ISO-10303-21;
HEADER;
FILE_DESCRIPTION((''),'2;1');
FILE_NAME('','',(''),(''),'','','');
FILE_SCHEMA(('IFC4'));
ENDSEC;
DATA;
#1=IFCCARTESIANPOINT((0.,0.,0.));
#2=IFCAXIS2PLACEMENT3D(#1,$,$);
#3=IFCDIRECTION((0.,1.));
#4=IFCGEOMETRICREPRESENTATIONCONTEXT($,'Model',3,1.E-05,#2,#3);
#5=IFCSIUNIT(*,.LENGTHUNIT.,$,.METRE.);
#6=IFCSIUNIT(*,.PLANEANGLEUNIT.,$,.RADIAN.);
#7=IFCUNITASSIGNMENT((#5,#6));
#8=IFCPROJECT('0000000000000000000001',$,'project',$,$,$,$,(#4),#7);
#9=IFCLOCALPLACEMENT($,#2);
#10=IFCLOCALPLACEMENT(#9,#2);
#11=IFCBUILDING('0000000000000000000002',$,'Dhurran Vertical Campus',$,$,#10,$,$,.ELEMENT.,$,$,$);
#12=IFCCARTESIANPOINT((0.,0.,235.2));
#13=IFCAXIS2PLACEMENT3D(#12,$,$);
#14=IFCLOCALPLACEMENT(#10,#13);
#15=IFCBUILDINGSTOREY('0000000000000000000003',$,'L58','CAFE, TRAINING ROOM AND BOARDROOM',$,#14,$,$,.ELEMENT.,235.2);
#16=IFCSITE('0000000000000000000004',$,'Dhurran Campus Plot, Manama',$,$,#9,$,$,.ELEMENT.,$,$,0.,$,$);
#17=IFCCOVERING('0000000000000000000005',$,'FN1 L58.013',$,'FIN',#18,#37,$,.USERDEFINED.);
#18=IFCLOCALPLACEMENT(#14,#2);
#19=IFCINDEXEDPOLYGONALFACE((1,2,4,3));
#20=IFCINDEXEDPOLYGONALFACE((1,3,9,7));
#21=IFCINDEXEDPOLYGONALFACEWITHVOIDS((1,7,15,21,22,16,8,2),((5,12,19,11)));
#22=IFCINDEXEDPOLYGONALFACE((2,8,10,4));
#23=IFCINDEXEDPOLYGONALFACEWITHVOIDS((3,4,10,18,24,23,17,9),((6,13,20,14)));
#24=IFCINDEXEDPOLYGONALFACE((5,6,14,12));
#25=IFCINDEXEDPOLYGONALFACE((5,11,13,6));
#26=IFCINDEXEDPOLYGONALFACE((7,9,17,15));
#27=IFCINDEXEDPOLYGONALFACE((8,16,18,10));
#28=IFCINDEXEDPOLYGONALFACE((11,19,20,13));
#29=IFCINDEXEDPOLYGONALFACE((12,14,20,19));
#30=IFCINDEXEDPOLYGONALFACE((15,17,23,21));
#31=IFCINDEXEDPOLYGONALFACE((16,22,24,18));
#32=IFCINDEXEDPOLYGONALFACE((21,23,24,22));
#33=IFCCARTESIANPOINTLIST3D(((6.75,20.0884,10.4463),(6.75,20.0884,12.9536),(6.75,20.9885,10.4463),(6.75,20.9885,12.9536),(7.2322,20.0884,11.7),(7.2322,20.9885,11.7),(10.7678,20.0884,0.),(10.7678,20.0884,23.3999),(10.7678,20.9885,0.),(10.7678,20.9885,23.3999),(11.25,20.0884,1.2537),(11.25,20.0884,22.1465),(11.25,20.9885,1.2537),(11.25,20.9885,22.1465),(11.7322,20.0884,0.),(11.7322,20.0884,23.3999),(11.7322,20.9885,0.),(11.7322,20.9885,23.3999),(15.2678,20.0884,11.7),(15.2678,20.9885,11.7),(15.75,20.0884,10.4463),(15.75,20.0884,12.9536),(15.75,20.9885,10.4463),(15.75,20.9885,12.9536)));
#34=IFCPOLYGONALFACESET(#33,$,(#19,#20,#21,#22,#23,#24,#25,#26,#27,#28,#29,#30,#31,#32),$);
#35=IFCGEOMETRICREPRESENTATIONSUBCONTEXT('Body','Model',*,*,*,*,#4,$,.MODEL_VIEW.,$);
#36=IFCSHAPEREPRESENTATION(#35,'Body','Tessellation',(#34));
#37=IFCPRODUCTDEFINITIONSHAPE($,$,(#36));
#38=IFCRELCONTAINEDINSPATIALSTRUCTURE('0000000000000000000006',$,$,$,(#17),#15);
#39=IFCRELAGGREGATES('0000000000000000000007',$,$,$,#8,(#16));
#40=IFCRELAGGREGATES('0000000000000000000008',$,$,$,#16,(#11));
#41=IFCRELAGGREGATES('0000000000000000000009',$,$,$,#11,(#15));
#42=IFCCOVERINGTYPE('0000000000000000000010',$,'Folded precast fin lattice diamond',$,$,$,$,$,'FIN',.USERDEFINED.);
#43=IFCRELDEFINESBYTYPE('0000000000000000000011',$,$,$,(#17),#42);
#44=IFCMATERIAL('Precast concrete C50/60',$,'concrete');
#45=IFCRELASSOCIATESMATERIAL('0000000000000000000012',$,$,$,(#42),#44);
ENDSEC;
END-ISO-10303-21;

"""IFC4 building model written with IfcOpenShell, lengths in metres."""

from ifc_helpers import new_model, si_unit, direction, frame, origin, place, context, subcontext, project, spatial, polyline, outline, extrude, material, type_object, element, save


model = new_model("IFC4")

# Units and contexts
model_context = context("Model", 3, precision=1e-05, world=origin(), true_north=direction((0.0, 1.0)))
body_context = subcontext(model_context, "Body", "Model", "MODEL_VIEW")
ifc_project = project(units=[si_unit("LENGTHUNIT", "METRE"), si_unit("PLANEANGLEUNIT", "RADIAN")], contexts=[model_context])

# Site, building, storey
site_placement = place(None, origin())
site = spatial("IfcSite", under=ifc_project, at=site_placement, Name="Dhurran Campus Plot, Manama", CompositionType="ELEMENT", RefElevation=0.0)
building_placement = place(site_placement, origin())
building = spatial("IfcBuilding", under=site, at=building_placement, Name="Dhurran Vertical Campus", CompositionType="ELEMENT")
storey_placement = place(building_placement, frame((0.0, 0.0, 235.2)))
storey = spatial("IfcBuildingStorey", under=building, at=storey_placement, Name="L58", Description="CAFE, TRAINING ROOM AND BOARDROOM", CompositionType="ELEMENT", Elevation=235.2)

# Covering
ifc_material_1 = material(Name="Precast concrete C50/60", Category="concrete")
covering_type = type_object("IfcCoveringType", Name="Folded precast fin lattice diamond", ElementType="FIN", PredefinedType="USERDEFINED", material=ifc_material_1)
covering_1_placement = place(storey_placement, frame((15.75, 20.0884, 0.0), z_axis=(0.0, 1.0, 0.0), x_axis=(-1.0, 0.0, 0.0)))
element("IfcCovering", 1, at=covering_1_placement, inside=storey, type_object=covering_type, Name="FN1 L58.013", ObjectType="FIN", PredefinedType="USERDEFINED", context=body_context, shape_type="SweptSolid", body=[
    extrude(outline(polyline([(9.0, 12.9536), (9.0, 10.4463), (4.9822, 0.0), (4.0178, 0.0), (0.0, 10.4463), (0.0, 12.9536), (4.0178, 23.3999), (4.9822, 23.3999), (9.0, 12.9536)]), holes=[polyline([(8.5178, 11.7), (4.5, 22.1465), (0.4822, 11.7), (4.5, 1.2537), (8.5178, 11.7)])]), origin(), (0.0, 0.0, 1.0), 0.9001),
])

save(model, "model.ifc")
